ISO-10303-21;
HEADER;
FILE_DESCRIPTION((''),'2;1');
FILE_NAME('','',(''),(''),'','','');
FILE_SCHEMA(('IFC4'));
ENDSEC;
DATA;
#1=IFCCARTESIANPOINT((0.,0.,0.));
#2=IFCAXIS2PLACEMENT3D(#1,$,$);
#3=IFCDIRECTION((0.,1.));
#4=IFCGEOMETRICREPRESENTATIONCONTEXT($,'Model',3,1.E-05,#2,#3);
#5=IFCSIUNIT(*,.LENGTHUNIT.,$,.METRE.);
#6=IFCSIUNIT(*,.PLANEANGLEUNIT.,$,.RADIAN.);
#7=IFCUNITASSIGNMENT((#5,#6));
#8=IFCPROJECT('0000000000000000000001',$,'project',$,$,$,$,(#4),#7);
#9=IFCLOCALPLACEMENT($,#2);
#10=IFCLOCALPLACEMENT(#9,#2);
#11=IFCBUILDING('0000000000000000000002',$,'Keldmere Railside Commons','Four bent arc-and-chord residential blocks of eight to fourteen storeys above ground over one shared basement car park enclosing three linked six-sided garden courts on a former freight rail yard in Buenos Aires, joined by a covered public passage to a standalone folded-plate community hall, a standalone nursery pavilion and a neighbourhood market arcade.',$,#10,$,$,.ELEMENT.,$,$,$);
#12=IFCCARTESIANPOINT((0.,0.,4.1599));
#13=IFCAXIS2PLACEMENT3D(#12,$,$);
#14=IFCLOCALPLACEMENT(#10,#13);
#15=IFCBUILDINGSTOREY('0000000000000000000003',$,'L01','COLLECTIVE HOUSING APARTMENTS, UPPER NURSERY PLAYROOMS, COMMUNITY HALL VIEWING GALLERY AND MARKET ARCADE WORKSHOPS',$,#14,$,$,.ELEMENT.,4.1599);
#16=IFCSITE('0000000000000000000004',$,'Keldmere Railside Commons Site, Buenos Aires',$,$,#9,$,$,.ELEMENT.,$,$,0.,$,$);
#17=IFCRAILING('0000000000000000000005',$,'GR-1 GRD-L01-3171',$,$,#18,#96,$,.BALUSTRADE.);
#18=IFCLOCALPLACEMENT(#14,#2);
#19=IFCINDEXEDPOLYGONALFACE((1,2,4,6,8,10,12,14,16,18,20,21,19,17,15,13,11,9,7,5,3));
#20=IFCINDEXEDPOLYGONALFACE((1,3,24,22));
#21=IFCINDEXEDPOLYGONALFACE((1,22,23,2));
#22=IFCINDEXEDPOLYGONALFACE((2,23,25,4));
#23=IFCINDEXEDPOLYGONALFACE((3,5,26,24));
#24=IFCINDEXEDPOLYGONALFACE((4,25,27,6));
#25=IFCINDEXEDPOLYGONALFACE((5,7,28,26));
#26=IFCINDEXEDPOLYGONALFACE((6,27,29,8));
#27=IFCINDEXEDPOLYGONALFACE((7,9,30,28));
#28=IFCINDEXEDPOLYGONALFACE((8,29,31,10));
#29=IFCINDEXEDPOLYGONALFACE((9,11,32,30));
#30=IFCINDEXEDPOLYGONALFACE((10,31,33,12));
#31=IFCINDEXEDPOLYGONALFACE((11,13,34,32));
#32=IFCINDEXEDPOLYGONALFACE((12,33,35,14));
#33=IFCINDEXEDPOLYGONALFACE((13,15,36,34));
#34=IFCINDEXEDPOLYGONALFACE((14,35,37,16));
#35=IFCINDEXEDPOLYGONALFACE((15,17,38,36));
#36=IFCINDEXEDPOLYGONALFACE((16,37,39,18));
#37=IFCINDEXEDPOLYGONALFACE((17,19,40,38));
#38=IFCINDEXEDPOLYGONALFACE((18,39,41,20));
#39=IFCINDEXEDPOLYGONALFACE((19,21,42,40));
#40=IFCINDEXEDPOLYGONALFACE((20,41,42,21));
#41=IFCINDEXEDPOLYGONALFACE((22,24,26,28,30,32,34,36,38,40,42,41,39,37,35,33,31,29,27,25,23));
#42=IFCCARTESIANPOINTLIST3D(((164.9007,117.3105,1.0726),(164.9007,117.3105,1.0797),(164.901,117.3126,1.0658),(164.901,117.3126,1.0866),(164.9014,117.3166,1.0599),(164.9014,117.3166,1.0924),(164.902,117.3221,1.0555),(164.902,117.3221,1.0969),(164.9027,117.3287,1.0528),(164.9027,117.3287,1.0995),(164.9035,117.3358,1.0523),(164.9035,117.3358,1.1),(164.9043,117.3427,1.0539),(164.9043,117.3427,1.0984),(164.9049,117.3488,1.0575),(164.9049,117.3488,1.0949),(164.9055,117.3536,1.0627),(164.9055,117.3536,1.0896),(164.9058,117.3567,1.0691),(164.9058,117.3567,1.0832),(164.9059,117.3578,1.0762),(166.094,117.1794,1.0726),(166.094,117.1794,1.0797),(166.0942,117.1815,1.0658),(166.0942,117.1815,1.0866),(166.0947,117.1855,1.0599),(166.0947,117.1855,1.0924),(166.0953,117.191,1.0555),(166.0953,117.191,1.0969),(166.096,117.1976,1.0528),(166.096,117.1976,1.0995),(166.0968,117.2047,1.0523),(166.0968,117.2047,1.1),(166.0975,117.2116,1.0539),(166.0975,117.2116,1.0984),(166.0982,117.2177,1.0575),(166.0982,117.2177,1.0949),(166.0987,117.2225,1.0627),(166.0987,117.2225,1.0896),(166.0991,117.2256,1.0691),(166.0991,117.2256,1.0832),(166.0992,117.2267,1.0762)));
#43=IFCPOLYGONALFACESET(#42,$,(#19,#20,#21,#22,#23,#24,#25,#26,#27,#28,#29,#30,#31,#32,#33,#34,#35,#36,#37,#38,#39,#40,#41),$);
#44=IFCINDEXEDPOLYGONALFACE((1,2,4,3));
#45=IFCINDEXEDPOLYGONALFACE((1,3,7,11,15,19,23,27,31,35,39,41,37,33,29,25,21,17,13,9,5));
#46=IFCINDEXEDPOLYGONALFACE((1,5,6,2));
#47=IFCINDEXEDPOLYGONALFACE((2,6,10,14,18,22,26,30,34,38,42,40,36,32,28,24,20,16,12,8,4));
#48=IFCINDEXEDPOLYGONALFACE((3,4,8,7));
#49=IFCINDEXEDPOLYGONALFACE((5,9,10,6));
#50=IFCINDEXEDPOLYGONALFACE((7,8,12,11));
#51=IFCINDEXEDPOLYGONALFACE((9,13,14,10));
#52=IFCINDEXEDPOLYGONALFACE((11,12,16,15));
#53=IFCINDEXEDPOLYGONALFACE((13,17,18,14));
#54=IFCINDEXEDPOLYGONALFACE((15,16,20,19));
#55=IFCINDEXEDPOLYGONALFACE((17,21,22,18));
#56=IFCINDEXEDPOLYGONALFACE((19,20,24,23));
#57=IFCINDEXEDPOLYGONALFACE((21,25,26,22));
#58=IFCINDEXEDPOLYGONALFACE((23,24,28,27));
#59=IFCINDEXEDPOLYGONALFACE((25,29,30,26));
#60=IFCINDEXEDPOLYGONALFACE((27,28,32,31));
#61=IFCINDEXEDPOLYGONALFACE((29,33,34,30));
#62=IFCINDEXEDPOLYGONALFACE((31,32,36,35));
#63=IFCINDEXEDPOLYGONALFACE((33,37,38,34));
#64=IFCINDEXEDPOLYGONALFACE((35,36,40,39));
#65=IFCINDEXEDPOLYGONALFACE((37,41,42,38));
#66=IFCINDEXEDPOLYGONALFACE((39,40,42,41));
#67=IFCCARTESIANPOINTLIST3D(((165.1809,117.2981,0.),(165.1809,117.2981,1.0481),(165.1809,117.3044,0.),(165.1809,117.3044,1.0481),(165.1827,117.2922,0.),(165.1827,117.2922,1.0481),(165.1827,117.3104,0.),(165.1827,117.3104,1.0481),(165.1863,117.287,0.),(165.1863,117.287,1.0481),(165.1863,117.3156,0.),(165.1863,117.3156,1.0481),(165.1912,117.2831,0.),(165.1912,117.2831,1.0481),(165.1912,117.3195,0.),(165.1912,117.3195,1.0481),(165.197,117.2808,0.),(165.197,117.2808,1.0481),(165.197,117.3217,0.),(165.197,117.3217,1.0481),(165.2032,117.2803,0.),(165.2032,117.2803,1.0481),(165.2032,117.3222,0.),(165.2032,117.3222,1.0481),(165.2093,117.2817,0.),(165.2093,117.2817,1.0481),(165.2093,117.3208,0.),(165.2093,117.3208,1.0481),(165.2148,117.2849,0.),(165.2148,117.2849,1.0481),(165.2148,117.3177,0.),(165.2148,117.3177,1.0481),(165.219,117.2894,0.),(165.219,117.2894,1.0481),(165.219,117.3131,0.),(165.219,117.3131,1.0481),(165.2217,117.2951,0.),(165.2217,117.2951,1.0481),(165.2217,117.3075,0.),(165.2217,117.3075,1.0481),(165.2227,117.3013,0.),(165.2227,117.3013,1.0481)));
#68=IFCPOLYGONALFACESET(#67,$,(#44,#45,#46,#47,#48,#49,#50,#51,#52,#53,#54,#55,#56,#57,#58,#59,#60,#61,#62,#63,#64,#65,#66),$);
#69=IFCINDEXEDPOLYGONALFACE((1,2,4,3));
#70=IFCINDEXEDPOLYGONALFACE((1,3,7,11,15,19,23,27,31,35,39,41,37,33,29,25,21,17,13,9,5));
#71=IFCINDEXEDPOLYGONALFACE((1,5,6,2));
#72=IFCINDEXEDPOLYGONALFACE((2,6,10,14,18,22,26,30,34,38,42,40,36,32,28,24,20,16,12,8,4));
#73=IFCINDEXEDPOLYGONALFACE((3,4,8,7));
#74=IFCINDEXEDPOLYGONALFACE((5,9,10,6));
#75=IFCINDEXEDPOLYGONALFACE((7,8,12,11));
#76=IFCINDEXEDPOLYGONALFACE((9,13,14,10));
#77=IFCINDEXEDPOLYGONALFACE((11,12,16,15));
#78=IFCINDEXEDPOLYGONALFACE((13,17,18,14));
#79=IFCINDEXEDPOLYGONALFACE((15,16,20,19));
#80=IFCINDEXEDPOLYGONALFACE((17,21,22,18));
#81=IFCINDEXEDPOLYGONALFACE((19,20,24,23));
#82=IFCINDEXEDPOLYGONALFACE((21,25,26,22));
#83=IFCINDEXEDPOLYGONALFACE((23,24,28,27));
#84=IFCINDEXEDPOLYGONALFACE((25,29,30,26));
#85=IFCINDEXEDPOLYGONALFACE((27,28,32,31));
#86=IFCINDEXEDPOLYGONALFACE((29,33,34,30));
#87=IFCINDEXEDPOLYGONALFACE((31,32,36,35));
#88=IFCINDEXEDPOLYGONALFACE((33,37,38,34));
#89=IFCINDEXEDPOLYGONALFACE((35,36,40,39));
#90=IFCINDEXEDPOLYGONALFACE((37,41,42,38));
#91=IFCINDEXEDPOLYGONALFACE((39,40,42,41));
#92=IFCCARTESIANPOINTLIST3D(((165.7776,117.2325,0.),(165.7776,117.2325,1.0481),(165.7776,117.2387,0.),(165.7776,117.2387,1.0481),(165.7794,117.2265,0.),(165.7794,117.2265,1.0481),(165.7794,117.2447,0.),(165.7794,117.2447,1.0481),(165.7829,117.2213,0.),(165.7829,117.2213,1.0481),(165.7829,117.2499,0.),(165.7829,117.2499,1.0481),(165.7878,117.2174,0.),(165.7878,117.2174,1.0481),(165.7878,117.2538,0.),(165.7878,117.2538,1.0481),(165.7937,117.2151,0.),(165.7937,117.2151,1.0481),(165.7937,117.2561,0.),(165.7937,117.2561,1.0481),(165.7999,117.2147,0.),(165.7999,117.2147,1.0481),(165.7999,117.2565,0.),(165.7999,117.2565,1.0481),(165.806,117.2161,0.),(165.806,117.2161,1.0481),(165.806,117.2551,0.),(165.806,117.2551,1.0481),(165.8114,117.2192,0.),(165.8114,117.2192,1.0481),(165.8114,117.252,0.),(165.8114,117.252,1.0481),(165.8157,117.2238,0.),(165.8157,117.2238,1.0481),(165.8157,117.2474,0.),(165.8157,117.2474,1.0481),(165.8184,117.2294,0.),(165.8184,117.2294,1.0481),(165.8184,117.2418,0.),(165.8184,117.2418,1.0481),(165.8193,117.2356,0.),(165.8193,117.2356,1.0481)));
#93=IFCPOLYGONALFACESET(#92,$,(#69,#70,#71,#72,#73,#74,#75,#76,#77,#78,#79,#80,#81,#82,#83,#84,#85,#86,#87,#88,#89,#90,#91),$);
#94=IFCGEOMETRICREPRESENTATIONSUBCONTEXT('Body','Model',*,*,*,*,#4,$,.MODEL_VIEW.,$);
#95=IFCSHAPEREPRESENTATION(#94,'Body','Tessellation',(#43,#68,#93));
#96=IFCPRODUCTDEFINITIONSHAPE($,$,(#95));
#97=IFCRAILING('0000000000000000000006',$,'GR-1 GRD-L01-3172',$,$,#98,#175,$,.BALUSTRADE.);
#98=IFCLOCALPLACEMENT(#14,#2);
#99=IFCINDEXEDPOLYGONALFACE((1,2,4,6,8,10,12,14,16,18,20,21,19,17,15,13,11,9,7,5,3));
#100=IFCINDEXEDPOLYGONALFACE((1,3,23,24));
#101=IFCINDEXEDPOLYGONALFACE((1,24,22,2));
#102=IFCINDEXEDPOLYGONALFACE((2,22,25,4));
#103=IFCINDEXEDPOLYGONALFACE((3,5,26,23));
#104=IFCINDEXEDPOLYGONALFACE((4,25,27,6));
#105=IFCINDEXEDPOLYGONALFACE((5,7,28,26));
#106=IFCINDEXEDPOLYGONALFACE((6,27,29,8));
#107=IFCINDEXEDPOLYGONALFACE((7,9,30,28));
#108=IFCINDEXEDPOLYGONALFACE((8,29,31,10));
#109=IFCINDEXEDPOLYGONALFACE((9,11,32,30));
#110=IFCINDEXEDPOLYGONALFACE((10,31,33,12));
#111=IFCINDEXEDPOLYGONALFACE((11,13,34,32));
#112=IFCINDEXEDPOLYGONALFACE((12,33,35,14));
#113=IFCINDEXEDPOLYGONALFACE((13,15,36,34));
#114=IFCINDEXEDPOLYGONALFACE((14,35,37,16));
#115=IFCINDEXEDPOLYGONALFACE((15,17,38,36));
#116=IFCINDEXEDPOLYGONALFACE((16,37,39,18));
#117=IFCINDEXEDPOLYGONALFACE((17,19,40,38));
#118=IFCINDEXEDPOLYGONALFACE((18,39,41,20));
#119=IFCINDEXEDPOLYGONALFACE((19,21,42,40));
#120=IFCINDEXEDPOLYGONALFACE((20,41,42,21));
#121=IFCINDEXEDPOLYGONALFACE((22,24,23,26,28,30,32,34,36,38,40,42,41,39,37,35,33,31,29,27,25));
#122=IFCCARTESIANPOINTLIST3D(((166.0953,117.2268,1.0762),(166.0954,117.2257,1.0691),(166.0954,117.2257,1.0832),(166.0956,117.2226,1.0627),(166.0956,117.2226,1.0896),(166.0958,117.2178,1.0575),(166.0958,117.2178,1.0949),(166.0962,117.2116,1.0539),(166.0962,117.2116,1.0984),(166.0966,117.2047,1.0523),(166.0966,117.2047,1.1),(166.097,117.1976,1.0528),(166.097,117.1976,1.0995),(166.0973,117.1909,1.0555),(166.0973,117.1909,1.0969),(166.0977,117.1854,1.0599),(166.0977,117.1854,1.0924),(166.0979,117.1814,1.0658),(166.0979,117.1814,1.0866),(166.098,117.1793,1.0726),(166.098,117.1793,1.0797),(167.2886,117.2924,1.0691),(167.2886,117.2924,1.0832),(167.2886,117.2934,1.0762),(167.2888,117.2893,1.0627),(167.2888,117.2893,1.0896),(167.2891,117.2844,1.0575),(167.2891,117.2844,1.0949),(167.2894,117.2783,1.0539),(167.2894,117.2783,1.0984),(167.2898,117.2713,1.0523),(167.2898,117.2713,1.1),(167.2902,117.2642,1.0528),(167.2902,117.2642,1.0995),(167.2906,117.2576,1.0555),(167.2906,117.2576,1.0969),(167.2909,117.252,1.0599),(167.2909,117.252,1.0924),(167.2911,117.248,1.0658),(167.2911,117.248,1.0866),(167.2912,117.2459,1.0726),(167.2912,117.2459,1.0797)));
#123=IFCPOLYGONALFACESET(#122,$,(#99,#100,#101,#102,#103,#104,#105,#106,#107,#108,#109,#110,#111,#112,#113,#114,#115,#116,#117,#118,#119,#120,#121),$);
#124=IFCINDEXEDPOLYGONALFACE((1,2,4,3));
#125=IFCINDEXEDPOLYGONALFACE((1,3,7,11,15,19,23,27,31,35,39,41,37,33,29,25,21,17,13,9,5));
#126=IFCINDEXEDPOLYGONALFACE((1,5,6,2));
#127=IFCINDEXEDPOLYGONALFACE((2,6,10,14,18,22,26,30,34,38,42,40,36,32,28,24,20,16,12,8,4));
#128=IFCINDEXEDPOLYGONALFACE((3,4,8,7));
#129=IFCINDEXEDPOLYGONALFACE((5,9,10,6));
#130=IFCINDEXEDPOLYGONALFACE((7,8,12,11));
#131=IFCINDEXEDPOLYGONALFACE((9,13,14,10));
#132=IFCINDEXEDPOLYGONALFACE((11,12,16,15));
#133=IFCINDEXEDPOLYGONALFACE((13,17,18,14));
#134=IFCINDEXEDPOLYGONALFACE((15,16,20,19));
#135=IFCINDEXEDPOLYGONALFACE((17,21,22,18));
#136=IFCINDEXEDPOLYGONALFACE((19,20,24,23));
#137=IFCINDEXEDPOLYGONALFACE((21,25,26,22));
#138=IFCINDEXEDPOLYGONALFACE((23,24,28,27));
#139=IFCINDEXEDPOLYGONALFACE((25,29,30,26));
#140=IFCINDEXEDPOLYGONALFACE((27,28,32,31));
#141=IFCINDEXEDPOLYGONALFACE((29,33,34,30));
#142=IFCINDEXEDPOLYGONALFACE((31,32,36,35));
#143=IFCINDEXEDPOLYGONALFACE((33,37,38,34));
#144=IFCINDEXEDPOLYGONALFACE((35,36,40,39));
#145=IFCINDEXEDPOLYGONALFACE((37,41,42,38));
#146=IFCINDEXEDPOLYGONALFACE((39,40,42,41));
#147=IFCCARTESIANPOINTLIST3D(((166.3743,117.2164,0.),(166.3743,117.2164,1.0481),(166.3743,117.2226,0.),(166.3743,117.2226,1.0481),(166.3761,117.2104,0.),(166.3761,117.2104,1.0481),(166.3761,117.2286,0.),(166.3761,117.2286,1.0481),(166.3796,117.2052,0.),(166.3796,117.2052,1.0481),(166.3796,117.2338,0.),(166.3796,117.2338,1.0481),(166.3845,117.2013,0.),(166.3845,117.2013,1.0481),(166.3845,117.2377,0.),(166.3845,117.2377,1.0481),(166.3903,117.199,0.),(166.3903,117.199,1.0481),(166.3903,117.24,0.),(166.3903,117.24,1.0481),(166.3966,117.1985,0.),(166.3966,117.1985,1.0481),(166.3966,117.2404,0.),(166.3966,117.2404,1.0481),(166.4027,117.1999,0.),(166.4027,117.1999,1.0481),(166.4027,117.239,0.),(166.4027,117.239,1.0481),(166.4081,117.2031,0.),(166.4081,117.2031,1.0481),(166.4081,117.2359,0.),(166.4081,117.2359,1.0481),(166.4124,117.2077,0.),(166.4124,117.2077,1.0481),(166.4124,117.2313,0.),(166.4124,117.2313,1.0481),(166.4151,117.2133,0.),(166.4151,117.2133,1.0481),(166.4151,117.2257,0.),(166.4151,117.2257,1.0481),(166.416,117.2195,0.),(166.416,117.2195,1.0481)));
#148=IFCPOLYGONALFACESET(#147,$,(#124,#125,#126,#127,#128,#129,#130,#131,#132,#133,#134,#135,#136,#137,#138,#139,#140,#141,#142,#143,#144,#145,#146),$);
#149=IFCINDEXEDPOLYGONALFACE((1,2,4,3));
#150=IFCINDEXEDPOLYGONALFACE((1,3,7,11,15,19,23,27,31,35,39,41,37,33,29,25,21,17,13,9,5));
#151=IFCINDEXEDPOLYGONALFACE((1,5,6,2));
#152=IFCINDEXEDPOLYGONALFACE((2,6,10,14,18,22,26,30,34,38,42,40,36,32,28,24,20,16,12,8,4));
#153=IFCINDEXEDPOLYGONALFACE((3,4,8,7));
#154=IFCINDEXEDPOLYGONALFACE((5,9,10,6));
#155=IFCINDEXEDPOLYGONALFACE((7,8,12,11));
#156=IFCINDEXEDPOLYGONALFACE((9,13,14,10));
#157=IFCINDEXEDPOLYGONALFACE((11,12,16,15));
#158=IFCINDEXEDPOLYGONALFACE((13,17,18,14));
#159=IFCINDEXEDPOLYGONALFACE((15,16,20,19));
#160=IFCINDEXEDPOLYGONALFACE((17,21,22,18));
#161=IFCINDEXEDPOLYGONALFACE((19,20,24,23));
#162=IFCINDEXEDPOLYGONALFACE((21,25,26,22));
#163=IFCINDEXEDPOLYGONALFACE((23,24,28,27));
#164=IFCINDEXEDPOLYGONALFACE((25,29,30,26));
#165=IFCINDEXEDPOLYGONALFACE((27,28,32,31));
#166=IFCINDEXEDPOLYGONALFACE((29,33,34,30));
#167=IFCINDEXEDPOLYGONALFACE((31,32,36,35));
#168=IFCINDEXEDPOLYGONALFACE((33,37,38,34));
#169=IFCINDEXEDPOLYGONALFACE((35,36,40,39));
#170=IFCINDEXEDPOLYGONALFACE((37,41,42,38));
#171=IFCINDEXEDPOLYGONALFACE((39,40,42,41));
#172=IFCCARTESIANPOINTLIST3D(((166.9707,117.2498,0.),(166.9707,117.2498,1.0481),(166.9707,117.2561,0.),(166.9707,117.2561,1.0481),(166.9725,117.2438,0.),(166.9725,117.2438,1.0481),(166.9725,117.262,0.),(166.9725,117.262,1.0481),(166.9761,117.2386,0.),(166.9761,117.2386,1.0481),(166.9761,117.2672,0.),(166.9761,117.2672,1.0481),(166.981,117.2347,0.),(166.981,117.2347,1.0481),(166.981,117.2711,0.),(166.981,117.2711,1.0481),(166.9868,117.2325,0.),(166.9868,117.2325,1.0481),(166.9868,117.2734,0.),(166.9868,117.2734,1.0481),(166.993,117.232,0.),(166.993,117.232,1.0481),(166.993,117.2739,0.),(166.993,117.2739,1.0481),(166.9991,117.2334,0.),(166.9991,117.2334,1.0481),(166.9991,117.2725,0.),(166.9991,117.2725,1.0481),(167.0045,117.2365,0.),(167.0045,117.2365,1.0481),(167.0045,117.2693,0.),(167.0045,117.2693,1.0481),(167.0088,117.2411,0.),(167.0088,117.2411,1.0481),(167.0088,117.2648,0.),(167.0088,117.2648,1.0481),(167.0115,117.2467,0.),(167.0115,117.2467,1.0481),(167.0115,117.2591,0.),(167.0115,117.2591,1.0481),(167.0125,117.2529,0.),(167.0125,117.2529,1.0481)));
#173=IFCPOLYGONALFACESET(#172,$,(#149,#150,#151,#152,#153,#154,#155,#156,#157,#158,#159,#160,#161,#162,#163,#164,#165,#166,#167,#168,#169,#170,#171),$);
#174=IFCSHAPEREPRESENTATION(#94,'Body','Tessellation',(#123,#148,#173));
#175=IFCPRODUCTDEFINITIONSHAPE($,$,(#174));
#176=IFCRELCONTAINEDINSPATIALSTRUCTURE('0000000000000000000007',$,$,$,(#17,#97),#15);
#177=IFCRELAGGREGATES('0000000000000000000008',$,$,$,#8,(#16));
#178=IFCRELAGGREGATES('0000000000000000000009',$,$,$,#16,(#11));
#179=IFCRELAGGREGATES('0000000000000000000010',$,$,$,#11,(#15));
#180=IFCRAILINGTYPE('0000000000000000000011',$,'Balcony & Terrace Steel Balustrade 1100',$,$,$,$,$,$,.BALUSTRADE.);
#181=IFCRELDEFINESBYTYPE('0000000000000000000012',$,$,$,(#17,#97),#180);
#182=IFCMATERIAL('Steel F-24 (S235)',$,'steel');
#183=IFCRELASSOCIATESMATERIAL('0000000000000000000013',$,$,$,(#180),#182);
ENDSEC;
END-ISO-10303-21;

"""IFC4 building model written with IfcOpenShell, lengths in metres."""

from ifc_helpers import new_model, si_unit, direction, frame, origin, origin_2d, place, context, subcontext, project, spatial, circle, extrude, material, type_object, element, save


model = new_model("IFC4")

# Units and contexts
model_context = context("Model", 3, precision=1e-05, world=origin(), true_north=direction((0.0, 1.0)))
body_context = subcontext(model_context, "Body", "Model", "MODEL_VIEW")
ifc_project = project(units=[si_unit("LENGTHUNIT", "METRE"), si_unit("PLANEANGLEUNIT", "RADIAN")], contexts=[model_context])

# Site, building, storey
site_placement = place(None, origin())
site = spatial("IfcSite", under=ifc_project, at=site_placement, Name="Keldmere Railside Commons Site, Buenos Aires", CompositionType="ELEMENT", RefElevation=0.0)
building_placement = place(site_placement, origin())
building = spatial("IfcBuilding", under=site, at=building_placement, Name="Keldmere Railside Commons", Description="Four bent arc-and-chord residential blocks of eight to fourteen storeys above ground over one shared basement car park enclosing three linked six-sided garden courts on a former freight rail yard in Buenos Aires, joined by a covered public passage to a standalone folded-plate community hall, a standalone nursery pavilion and a neighbourhood market arcade.", CompositionType="ELEMENT")
storey_placement = place(building_placement, frame((0.0, 0.0, 4.1599)))
storey = spatial("IfcBuildingStorey", under=building, at=storey_placement, Name="L01", Description="COLLECTIVE HOUSING APARTMENTS, UPPER NURSERY PLAYROOMS, COMMUNITY HALL VIEWING GALLERY AND MARKET ARCADE WORKSHOPS", CompositionType="ELEMENT", Elevation=4.1599)

# Railings
ifc_material_1 = material(Name="Steel F-24 (S235)", Category="steel")
railing_type = type_object("IfcRailingType", Name="Balcony & Terrace Steel Balustrade 1100", PredefinedType="BALUSTRADE", material=ifc_material_1)
railing_1_placement = place(storey_placement, frame((164.9033, 117.334, 0.0)))
element("IfcRailing", 1, at=railing_1_placement, inside=storey, type_object=railing_type, Name="GR-1 GRD-L01-3171", PredefinedType="BALUSTRADE", context=body_context, shape_type="SweptSolid", body=[
    extrude(circle(Radius=0.0239, at=origin_2d()), frame((0.0, 0.0, 1.0762), z_axis=(0.994019, -0.109204, 0.0), x_axis=(0.109204, 0.994019, 0.0)), (0.0, 0.0, 1.0), 1.2004),
    extrude(circle(Radius=0.021, at=origin_2d()), frame((0.2983, -0.0327, 0.0)), (0.0, 0.0, 1.0), 1.0481),
    extrude(circle(Radius=0.021, at=origin_2d()), frame((0.895, -0.0984, 0.0)), (0.0, 0.0, 1.0), 1.0481),
])
railing_2_placement = place(storey_placement, frame((166.0967, 117.2029, 0.0)))
element("IfcRailing", 2, at=railing_2_placement, inside=storey, type_object=railing_type, Name="GR-1 GRD-L01-3172", PredefinedType="BALUSTRADE", context=body_context, shape_type="SweptSolid", body=[
    extrude(circle(Radius=0.0239, at=origin_2d()), frame((0.0, 0.0, 1.0762), z_axis=(0.998443, 0.055776, 0.0), x_axis=(-0.055776, 0.998443, 0.0)), (0.0, 0.0, 1.0), 1.1951),
    extrude(circle(Radius=0.021, at=origin_2d()), frame((0.2983, 0.0166, 0.0)), (0.0, 0.0, 1.0), 1.0481),
    extrude(circle(Radius=0.021, at=origin_2d()), frame((0.8948, 0.05, 0.0)), (0.0, 0.0, 1.0), 1.0481),
])

save(model, "model.ifc")
